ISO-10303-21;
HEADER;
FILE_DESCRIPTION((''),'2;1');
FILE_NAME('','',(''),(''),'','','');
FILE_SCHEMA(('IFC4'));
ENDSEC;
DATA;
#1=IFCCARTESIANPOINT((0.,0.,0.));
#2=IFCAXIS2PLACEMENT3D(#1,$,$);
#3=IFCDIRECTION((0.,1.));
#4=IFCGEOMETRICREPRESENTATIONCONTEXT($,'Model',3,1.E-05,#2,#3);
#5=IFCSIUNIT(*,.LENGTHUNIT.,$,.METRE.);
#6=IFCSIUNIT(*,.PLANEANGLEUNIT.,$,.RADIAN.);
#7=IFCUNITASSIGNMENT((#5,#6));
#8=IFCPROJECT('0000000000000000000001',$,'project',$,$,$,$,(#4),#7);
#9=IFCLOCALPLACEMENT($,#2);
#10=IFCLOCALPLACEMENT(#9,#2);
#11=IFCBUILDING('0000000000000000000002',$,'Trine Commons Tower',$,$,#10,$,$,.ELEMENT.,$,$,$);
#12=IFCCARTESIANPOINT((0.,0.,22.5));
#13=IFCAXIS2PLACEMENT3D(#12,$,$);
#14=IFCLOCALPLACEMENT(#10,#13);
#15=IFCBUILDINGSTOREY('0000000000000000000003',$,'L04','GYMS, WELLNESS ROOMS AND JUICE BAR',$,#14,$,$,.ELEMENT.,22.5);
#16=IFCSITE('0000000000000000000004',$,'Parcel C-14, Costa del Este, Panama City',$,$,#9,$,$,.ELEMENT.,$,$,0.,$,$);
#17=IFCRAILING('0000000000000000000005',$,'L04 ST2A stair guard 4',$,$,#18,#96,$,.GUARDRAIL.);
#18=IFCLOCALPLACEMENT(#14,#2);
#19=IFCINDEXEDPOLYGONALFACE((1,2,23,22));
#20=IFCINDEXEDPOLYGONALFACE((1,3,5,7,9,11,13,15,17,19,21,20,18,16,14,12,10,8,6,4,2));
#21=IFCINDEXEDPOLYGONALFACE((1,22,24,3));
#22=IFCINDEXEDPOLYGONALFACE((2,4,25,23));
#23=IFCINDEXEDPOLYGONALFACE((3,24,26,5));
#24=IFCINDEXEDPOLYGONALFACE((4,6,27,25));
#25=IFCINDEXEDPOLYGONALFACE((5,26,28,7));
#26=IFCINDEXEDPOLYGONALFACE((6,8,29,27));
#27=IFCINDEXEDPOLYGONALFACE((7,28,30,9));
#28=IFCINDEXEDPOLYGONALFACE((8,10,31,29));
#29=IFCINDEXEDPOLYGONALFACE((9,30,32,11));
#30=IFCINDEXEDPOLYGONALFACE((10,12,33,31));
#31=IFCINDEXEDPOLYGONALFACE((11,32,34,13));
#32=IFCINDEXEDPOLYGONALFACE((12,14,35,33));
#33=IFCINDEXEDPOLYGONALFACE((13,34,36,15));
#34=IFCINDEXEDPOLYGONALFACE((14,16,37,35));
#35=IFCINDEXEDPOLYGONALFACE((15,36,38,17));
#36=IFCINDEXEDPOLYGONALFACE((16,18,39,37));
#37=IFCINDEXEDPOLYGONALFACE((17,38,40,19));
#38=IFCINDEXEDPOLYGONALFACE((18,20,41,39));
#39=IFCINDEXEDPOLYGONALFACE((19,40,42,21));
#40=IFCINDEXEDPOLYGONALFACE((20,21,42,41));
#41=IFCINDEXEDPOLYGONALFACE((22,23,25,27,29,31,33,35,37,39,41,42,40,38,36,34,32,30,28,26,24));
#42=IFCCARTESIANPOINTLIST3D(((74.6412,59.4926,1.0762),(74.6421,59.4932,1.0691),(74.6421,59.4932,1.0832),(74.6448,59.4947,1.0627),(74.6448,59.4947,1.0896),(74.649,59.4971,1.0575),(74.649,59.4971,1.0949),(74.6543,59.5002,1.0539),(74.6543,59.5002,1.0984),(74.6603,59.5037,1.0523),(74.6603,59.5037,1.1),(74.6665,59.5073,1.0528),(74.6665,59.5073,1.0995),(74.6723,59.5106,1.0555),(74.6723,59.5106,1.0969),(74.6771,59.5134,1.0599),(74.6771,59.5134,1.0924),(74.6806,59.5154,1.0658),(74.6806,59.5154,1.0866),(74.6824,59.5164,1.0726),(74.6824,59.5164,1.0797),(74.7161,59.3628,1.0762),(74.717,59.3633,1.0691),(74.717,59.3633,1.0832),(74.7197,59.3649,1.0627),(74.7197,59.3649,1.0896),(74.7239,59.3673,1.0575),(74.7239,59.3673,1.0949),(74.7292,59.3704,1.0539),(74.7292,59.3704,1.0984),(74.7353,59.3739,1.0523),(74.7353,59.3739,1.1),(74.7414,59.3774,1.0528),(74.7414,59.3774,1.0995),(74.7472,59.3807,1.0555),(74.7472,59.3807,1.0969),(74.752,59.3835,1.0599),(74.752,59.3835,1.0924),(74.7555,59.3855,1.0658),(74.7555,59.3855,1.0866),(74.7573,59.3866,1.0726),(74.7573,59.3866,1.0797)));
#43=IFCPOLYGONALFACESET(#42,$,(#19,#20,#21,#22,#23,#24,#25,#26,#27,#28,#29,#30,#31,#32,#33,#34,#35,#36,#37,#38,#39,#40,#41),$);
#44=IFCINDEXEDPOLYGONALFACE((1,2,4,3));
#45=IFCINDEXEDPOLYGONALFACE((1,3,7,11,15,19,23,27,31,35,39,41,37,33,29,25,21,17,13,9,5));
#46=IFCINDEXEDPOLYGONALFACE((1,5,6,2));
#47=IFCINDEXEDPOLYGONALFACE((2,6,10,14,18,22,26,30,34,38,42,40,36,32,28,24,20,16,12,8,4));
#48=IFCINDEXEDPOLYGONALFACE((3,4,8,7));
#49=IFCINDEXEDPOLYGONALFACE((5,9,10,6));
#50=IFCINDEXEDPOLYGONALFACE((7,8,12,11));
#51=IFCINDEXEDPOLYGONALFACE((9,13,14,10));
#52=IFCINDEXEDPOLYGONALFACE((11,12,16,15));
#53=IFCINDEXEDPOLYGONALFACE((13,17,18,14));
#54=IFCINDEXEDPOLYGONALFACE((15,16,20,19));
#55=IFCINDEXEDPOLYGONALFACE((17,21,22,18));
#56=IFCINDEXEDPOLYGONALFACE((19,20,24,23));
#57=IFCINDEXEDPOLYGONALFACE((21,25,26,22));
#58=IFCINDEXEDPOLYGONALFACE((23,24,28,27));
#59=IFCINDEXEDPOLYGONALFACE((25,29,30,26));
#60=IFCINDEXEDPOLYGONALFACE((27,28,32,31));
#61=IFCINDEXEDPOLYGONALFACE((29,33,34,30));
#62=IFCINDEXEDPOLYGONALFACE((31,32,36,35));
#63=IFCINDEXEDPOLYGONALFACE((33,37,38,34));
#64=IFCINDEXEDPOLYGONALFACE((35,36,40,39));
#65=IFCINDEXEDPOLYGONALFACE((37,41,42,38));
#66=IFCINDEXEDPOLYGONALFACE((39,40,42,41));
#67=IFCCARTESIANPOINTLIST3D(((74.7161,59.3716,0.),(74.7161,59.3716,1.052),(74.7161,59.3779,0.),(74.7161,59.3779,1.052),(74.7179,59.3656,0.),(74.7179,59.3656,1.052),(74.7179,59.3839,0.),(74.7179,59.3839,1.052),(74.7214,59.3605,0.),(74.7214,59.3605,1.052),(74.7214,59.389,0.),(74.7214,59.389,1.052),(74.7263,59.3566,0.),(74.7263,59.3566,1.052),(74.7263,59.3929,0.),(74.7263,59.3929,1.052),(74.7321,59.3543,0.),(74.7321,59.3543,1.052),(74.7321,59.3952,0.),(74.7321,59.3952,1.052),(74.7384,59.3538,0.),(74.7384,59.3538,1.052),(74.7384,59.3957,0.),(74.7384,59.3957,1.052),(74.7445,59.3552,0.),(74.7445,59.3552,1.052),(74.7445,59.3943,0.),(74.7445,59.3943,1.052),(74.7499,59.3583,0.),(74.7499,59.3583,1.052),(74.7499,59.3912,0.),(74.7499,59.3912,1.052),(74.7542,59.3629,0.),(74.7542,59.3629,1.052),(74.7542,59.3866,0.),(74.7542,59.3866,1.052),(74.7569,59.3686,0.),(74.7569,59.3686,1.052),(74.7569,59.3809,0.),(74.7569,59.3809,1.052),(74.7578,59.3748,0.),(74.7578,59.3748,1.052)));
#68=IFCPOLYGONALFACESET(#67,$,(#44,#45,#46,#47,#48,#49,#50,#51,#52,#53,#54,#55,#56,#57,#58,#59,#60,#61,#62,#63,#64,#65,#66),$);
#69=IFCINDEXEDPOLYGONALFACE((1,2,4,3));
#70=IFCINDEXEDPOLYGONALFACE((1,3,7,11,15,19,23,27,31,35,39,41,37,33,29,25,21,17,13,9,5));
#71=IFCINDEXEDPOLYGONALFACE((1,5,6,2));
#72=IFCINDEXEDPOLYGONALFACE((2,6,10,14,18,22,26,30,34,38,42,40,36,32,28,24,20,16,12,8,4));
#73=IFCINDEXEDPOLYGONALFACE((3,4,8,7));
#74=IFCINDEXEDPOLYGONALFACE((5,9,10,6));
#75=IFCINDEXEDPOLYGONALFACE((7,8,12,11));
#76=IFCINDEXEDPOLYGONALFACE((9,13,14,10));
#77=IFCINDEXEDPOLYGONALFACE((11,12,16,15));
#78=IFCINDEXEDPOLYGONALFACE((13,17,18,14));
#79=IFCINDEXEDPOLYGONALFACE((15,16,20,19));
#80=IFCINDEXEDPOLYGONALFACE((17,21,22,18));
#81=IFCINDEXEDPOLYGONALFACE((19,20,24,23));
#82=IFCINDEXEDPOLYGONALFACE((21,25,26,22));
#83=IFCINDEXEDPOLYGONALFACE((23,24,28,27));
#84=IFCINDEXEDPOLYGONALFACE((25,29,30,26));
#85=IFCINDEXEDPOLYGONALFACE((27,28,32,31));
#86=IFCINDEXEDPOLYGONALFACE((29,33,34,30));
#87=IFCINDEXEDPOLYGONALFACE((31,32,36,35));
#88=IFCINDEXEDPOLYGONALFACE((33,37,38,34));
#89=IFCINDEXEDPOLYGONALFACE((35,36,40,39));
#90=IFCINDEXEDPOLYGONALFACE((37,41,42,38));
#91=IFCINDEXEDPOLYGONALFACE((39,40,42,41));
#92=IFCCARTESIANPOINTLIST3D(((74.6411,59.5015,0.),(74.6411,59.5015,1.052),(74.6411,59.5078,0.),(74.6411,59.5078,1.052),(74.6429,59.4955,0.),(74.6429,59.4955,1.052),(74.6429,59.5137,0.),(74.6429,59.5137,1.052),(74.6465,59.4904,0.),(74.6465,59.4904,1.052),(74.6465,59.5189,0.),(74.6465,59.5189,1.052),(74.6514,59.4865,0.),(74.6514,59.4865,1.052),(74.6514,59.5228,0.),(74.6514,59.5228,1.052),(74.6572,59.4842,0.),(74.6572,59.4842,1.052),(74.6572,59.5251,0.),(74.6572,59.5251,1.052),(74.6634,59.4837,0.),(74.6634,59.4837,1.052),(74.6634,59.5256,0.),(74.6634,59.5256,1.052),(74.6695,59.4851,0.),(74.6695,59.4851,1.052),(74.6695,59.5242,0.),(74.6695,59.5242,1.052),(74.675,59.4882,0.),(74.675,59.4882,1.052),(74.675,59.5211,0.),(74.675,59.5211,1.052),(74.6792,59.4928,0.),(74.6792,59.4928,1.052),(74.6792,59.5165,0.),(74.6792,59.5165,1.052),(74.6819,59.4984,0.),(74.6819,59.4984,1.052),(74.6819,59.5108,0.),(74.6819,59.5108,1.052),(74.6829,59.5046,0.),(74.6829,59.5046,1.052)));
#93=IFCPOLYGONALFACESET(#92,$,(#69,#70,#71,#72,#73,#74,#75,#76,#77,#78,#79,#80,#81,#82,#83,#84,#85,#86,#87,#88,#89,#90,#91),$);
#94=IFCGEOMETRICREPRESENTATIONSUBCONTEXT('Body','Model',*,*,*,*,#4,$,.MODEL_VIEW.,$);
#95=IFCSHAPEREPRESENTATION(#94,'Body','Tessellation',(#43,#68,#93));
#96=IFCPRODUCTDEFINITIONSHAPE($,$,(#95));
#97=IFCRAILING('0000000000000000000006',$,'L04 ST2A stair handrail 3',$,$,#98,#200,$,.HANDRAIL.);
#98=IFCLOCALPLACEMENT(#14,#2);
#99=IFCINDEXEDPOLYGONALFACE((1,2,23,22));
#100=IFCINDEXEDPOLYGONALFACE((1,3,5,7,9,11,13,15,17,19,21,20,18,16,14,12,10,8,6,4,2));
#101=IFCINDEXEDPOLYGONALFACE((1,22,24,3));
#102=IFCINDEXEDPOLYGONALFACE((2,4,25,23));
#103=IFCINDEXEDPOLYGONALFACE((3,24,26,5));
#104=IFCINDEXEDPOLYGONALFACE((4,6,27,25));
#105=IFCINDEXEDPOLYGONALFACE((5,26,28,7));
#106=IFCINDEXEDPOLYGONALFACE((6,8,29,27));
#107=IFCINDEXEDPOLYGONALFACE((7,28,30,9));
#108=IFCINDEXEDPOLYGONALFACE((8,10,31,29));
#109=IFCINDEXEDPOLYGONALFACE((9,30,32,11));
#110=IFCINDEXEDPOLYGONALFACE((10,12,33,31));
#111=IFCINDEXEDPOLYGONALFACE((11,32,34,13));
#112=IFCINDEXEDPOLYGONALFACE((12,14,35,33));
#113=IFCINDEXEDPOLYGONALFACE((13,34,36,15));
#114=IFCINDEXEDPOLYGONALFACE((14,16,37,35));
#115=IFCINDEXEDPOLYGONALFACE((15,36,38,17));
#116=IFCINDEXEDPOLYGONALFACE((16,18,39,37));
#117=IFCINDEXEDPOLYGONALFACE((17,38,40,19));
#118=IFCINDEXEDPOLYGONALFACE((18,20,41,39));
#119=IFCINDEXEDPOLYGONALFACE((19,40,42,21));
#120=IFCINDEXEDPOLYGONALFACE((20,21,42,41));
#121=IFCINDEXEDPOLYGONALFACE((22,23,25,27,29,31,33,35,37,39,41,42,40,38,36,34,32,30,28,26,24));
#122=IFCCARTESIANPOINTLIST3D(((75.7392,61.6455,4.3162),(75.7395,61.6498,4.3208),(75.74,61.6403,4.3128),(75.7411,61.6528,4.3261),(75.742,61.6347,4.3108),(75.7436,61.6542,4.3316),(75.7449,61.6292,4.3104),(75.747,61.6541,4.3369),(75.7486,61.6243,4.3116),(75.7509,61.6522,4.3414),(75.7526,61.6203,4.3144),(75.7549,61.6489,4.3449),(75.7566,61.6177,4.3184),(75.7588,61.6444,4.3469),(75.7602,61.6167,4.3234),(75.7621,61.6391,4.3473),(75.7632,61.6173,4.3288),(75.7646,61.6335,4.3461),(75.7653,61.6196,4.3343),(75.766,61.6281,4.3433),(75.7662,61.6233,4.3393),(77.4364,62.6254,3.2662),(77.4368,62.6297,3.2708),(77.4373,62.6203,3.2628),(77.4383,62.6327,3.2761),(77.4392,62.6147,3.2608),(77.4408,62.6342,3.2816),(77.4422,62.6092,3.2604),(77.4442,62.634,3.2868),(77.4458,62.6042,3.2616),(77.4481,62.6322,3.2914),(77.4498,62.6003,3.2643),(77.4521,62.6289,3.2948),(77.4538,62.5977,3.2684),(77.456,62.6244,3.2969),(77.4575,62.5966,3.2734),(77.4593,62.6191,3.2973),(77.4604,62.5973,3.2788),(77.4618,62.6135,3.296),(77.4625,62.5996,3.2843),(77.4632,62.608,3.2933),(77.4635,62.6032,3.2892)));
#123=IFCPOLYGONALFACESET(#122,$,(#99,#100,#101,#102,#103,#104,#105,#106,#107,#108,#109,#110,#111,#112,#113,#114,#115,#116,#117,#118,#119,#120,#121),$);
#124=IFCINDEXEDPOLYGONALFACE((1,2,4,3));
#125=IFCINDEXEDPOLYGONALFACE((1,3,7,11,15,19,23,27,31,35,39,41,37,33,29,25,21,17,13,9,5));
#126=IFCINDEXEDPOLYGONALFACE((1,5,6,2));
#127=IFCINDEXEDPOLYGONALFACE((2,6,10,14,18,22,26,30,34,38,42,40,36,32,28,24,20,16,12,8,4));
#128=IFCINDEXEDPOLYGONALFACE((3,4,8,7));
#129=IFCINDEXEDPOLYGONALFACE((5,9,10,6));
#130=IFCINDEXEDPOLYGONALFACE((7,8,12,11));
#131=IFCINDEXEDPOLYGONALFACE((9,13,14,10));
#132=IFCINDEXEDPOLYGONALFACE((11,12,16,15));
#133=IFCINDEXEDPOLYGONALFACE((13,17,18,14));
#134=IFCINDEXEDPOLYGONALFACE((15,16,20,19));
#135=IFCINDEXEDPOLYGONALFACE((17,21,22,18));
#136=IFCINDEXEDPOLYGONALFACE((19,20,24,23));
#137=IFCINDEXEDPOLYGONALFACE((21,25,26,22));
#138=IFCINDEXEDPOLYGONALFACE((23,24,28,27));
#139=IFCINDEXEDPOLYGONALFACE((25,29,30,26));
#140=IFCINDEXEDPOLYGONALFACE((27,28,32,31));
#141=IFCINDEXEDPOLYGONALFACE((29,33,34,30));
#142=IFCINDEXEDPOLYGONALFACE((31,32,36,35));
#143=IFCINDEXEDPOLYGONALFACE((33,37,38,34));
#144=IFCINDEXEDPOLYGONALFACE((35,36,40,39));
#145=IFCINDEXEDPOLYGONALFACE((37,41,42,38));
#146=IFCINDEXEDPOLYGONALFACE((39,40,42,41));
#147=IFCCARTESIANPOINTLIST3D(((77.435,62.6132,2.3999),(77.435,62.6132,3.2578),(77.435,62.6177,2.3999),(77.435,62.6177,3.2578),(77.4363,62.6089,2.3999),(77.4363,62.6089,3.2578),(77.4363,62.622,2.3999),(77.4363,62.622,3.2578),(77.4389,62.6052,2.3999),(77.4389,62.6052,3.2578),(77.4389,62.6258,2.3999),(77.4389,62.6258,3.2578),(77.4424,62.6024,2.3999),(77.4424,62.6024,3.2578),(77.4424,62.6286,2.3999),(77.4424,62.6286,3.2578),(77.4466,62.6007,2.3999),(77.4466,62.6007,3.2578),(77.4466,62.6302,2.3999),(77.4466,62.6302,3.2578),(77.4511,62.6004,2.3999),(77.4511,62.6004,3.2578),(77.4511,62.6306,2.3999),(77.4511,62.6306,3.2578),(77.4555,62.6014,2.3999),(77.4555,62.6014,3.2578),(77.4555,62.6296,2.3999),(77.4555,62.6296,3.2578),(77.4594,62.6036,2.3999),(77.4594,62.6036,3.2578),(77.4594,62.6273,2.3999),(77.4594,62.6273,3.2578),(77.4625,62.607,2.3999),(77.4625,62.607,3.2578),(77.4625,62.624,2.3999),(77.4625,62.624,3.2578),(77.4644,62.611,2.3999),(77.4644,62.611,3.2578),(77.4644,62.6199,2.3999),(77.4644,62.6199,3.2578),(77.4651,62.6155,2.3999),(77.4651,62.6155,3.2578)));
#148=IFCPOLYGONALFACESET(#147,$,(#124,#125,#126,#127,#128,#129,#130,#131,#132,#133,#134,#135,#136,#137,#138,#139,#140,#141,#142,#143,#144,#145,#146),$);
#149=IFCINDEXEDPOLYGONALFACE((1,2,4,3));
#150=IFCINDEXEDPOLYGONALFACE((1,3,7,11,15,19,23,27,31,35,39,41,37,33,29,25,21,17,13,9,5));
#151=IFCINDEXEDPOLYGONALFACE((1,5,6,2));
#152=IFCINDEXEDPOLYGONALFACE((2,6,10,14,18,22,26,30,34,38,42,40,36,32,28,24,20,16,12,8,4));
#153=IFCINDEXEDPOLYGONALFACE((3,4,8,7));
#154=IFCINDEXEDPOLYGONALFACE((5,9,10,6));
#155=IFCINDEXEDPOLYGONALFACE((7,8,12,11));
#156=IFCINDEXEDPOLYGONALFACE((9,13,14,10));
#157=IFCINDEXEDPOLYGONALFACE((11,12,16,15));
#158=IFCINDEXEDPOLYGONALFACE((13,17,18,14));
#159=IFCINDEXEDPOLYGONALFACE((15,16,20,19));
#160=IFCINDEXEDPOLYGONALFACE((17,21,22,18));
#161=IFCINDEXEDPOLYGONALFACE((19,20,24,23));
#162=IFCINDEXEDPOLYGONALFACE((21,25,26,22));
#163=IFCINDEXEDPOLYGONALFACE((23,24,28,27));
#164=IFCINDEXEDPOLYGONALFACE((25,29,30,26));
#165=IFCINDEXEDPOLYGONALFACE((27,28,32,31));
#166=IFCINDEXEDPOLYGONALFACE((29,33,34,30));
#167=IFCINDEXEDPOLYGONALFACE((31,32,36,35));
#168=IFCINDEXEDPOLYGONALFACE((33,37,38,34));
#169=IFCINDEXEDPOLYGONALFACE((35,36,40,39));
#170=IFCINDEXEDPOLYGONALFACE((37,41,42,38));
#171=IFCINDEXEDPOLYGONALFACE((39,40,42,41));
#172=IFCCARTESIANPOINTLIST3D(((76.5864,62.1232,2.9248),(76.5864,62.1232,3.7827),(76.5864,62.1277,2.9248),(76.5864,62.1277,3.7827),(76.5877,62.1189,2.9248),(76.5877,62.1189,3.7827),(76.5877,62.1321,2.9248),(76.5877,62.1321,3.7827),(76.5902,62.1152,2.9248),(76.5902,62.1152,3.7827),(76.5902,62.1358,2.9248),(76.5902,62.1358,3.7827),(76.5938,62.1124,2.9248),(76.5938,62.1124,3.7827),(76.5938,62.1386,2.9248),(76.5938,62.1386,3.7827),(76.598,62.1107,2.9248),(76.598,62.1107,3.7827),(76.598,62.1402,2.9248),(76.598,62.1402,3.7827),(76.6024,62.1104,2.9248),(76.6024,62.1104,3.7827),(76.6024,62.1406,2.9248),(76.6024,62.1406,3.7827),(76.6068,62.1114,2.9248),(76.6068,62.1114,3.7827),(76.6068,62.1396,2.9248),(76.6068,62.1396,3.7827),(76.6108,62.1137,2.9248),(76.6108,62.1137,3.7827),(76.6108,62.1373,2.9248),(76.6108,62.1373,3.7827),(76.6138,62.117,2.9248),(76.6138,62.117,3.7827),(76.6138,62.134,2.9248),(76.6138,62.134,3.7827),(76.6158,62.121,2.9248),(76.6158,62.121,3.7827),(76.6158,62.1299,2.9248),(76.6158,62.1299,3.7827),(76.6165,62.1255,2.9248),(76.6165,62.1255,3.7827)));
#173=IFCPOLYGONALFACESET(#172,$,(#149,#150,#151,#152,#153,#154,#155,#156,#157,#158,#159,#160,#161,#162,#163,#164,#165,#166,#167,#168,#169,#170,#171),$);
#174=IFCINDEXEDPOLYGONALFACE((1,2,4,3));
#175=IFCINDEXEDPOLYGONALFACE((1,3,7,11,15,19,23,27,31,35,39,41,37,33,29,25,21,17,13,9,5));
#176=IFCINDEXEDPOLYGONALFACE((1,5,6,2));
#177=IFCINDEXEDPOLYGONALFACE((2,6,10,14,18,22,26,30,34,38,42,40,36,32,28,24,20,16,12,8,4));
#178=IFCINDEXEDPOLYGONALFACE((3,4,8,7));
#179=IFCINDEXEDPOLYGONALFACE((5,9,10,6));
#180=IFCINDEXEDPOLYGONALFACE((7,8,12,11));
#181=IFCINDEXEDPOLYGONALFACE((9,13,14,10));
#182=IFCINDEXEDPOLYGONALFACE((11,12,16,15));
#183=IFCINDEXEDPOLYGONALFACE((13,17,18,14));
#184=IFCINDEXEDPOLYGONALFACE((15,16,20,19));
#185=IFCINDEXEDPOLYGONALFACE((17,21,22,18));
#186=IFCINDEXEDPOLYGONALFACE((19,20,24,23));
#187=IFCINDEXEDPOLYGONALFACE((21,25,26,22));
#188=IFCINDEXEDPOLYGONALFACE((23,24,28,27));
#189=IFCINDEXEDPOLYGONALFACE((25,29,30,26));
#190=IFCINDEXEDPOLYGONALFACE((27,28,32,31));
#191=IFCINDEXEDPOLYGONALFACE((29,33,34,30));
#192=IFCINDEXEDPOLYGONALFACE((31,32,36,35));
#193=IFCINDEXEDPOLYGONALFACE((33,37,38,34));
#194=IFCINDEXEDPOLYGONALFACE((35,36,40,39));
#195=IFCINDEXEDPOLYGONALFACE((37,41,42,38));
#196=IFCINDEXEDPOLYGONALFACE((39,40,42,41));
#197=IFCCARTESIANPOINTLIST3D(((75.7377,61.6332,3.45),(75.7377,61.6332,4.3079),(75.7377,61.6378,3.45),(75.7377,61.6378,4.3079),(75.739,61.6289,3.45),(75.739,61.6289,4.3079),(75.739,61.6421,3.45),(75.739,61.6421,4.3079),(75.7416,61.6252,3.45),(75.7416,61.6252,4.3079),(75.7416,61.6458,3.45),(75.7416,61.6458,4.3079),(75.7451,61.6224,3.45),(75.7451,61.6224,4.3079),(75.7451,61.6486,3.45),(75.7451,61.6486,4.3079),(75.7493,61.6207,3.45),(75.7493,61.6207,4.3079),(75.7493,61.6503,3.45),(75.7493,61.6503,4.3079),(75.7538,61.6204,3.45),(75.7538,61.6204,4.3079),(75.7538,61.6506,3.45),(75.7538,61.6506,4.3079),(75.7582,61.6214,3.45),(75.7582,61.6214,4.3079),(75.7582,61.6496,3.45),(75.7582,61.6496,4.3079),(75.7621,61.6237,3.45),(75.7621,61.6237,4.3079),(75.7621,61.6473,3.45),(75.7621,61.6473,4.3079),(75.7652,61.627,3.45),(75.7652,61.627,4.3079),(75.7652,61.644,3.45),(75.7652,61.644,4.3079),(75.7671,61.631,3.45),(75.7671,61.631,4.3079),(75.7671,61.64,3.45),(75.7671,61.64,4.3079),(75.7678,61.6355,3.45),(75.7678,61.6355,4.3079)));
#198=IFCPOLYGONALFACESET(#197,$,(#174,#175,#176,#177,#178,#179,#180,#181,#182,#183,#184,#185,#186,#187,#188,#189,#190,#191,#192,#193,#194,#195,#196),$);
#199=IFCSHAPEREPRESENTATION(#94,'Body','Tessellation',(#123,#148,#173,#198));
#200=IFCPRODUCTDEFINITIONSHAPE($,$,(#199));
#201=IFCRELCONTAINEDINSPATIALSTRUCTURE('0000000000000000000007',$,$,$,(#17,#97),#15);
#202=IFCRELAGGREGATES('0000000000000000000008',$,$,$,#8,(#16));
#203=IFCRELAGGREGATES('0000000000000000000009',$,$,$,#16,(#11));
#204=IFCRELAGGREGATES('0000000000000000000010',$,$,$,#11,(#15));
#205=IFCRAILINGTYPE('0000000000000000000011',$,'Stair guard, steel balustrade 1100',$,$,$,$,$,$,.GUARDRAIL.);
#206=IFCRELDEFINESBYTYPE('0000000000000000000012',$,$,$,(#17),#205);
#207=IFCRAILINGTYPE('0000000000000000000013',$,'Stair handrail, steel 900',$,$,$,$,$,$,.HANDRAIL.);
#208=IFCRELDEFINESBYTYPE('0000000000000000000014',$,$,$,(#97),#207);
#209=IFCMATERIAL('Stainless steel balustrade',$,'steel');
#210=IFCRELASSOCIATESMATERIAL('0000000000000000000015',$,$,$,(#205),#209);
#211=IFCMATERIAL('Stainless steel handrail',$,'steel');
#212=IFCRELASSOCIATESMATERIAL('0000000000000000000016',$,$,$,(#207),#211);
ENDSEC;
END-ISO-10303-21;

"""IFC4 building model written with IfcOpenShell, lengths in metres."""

from ifc_helpers import new_model, si_unit, direction, frame, origin, origin_2d, place, context, subcontext, project, spatial, circle, extrude, material, type_object, element, save


model = new_model("IFC4")

# Units and contexts
model_context = context("Model", 3, precision=1e-05, world=origin(), true_north=direction((0.0, 1.0)))
body_context = subcontext(model_context, "Body", "Model", "MODEL_VIEW")
ifc_project = project(units=[si_unit("LENGTHUNIT", "METRE"), si_unit("PLANEANGLEUNIT", "RADIAN")], contexts=[model_context])

# Site, building, storey
site_placement = place(None, origin())
site = spatial("IfcSite", under=ifc_project, at=site_placement, Name="Parcel C-14, Costa del Este, Panama City", CompositionType="ELEMENT", RefElevation=0.0)
building_placement = place(site_placement, origin())
building = spatial("IfcBuilding", under=site, at=building_placement, Name="Trine Commons Tower", CompositionType="ELEMENT")
storey_placement = place(building_placement, frame((0.0, 0.0, 22.5)))
storey = spatial("IfcBuildingStorey", under=building, at=storey_placement, Name="L04", Description="GYMS, WELLNESS ROOMS AND JUICE BAR", CompositionType="ELEMENT", Elevation=22.5)

# Railings
ifc_material_1 = material(Name="Stainless steel balustrade", Category="steel")
railing_type_1 = type_object("IfcRailingType", Name="Stair guard, steel balustrade 1100", PredefinedType="GUARDRAIL", material=ifc_material_1)
railing_1_placement = place(storey_placement, frame((74.7368, 59.3748, 0.0)))
element("IfcRailing", 1, at=railing_1_placement, inside=storey, type_object=railing_type_1, Name="L04 ST2A stair guard 4", PredefinedType="GUARDRAIL", context=body_context, shape_type="SweptSolid", body=[
    extrude(circle(Radius=0.0239, at=origin_2d()), frame((0.0, 0.0, 1.0762), z_axis=(-0.499816, 0.866131, 0.0), x_axis=(-0.866131, -0.499816, 0.0)), (0.0, 0.0, 1.0), 0.1499),
    extrude(circle(Radius=0.021, at=origin_2d()), origin(), (0.0, 0.0, 1.0), 1.052),
    extrude(circle(Radius=0.021, at=origin_2d()), frame((-0.075, 0.1299, 0.0)), (0.0, 0.0, 1.0), 1.052),
])
ifc_material_2 = material(Name="Stainless steel handrail", Category="steel")
railing_type_2 = type_object("IfcRailingType", Name="Stair handrail, steel 900", PredefinedType="HANDRAIL", material=ifc_material_2)
railing_2_placement = place(storey_placement, frame((77.45, 62.6155, 2.3999)))
element("IfcRailing", 2, at=railing_2_placement, inside=storey, type_object=railing_type_2, Name="L04 ST2A stair handrail 3", PredefinedType="HANDRAIL", context=body_context, shape_type="SweptSolid", body=[
    extrude(circle(Radius=0.021, at=origin_2d()), frame((0.0, 0.0, 0.8789), z_axis=(-0.763352, -0.44075, 0.472264), x_axis=(0.500024, -0.866011, 0.0)), (0.0, 0.0, 1.0), 2.2234),
    extrude(circle(Radius=0.0151, at=origin_2d()), origin(), (0.0, 0.0, 1.0), 0.8579),
    extrude(circle(Radius=0.0151, at=origin_2d()), frame((-0.8486, -0.49, 0.5249)), (0.0, 0.0, 1.0), 0.8579),
    extrude(circle(Radius=0.0151, at=origin_2d()), frame((-1.6973, -0.98, 1.05)), (0.0, 0.0, 1.0), 0.8579),
])

save(model, "model.ifc")
